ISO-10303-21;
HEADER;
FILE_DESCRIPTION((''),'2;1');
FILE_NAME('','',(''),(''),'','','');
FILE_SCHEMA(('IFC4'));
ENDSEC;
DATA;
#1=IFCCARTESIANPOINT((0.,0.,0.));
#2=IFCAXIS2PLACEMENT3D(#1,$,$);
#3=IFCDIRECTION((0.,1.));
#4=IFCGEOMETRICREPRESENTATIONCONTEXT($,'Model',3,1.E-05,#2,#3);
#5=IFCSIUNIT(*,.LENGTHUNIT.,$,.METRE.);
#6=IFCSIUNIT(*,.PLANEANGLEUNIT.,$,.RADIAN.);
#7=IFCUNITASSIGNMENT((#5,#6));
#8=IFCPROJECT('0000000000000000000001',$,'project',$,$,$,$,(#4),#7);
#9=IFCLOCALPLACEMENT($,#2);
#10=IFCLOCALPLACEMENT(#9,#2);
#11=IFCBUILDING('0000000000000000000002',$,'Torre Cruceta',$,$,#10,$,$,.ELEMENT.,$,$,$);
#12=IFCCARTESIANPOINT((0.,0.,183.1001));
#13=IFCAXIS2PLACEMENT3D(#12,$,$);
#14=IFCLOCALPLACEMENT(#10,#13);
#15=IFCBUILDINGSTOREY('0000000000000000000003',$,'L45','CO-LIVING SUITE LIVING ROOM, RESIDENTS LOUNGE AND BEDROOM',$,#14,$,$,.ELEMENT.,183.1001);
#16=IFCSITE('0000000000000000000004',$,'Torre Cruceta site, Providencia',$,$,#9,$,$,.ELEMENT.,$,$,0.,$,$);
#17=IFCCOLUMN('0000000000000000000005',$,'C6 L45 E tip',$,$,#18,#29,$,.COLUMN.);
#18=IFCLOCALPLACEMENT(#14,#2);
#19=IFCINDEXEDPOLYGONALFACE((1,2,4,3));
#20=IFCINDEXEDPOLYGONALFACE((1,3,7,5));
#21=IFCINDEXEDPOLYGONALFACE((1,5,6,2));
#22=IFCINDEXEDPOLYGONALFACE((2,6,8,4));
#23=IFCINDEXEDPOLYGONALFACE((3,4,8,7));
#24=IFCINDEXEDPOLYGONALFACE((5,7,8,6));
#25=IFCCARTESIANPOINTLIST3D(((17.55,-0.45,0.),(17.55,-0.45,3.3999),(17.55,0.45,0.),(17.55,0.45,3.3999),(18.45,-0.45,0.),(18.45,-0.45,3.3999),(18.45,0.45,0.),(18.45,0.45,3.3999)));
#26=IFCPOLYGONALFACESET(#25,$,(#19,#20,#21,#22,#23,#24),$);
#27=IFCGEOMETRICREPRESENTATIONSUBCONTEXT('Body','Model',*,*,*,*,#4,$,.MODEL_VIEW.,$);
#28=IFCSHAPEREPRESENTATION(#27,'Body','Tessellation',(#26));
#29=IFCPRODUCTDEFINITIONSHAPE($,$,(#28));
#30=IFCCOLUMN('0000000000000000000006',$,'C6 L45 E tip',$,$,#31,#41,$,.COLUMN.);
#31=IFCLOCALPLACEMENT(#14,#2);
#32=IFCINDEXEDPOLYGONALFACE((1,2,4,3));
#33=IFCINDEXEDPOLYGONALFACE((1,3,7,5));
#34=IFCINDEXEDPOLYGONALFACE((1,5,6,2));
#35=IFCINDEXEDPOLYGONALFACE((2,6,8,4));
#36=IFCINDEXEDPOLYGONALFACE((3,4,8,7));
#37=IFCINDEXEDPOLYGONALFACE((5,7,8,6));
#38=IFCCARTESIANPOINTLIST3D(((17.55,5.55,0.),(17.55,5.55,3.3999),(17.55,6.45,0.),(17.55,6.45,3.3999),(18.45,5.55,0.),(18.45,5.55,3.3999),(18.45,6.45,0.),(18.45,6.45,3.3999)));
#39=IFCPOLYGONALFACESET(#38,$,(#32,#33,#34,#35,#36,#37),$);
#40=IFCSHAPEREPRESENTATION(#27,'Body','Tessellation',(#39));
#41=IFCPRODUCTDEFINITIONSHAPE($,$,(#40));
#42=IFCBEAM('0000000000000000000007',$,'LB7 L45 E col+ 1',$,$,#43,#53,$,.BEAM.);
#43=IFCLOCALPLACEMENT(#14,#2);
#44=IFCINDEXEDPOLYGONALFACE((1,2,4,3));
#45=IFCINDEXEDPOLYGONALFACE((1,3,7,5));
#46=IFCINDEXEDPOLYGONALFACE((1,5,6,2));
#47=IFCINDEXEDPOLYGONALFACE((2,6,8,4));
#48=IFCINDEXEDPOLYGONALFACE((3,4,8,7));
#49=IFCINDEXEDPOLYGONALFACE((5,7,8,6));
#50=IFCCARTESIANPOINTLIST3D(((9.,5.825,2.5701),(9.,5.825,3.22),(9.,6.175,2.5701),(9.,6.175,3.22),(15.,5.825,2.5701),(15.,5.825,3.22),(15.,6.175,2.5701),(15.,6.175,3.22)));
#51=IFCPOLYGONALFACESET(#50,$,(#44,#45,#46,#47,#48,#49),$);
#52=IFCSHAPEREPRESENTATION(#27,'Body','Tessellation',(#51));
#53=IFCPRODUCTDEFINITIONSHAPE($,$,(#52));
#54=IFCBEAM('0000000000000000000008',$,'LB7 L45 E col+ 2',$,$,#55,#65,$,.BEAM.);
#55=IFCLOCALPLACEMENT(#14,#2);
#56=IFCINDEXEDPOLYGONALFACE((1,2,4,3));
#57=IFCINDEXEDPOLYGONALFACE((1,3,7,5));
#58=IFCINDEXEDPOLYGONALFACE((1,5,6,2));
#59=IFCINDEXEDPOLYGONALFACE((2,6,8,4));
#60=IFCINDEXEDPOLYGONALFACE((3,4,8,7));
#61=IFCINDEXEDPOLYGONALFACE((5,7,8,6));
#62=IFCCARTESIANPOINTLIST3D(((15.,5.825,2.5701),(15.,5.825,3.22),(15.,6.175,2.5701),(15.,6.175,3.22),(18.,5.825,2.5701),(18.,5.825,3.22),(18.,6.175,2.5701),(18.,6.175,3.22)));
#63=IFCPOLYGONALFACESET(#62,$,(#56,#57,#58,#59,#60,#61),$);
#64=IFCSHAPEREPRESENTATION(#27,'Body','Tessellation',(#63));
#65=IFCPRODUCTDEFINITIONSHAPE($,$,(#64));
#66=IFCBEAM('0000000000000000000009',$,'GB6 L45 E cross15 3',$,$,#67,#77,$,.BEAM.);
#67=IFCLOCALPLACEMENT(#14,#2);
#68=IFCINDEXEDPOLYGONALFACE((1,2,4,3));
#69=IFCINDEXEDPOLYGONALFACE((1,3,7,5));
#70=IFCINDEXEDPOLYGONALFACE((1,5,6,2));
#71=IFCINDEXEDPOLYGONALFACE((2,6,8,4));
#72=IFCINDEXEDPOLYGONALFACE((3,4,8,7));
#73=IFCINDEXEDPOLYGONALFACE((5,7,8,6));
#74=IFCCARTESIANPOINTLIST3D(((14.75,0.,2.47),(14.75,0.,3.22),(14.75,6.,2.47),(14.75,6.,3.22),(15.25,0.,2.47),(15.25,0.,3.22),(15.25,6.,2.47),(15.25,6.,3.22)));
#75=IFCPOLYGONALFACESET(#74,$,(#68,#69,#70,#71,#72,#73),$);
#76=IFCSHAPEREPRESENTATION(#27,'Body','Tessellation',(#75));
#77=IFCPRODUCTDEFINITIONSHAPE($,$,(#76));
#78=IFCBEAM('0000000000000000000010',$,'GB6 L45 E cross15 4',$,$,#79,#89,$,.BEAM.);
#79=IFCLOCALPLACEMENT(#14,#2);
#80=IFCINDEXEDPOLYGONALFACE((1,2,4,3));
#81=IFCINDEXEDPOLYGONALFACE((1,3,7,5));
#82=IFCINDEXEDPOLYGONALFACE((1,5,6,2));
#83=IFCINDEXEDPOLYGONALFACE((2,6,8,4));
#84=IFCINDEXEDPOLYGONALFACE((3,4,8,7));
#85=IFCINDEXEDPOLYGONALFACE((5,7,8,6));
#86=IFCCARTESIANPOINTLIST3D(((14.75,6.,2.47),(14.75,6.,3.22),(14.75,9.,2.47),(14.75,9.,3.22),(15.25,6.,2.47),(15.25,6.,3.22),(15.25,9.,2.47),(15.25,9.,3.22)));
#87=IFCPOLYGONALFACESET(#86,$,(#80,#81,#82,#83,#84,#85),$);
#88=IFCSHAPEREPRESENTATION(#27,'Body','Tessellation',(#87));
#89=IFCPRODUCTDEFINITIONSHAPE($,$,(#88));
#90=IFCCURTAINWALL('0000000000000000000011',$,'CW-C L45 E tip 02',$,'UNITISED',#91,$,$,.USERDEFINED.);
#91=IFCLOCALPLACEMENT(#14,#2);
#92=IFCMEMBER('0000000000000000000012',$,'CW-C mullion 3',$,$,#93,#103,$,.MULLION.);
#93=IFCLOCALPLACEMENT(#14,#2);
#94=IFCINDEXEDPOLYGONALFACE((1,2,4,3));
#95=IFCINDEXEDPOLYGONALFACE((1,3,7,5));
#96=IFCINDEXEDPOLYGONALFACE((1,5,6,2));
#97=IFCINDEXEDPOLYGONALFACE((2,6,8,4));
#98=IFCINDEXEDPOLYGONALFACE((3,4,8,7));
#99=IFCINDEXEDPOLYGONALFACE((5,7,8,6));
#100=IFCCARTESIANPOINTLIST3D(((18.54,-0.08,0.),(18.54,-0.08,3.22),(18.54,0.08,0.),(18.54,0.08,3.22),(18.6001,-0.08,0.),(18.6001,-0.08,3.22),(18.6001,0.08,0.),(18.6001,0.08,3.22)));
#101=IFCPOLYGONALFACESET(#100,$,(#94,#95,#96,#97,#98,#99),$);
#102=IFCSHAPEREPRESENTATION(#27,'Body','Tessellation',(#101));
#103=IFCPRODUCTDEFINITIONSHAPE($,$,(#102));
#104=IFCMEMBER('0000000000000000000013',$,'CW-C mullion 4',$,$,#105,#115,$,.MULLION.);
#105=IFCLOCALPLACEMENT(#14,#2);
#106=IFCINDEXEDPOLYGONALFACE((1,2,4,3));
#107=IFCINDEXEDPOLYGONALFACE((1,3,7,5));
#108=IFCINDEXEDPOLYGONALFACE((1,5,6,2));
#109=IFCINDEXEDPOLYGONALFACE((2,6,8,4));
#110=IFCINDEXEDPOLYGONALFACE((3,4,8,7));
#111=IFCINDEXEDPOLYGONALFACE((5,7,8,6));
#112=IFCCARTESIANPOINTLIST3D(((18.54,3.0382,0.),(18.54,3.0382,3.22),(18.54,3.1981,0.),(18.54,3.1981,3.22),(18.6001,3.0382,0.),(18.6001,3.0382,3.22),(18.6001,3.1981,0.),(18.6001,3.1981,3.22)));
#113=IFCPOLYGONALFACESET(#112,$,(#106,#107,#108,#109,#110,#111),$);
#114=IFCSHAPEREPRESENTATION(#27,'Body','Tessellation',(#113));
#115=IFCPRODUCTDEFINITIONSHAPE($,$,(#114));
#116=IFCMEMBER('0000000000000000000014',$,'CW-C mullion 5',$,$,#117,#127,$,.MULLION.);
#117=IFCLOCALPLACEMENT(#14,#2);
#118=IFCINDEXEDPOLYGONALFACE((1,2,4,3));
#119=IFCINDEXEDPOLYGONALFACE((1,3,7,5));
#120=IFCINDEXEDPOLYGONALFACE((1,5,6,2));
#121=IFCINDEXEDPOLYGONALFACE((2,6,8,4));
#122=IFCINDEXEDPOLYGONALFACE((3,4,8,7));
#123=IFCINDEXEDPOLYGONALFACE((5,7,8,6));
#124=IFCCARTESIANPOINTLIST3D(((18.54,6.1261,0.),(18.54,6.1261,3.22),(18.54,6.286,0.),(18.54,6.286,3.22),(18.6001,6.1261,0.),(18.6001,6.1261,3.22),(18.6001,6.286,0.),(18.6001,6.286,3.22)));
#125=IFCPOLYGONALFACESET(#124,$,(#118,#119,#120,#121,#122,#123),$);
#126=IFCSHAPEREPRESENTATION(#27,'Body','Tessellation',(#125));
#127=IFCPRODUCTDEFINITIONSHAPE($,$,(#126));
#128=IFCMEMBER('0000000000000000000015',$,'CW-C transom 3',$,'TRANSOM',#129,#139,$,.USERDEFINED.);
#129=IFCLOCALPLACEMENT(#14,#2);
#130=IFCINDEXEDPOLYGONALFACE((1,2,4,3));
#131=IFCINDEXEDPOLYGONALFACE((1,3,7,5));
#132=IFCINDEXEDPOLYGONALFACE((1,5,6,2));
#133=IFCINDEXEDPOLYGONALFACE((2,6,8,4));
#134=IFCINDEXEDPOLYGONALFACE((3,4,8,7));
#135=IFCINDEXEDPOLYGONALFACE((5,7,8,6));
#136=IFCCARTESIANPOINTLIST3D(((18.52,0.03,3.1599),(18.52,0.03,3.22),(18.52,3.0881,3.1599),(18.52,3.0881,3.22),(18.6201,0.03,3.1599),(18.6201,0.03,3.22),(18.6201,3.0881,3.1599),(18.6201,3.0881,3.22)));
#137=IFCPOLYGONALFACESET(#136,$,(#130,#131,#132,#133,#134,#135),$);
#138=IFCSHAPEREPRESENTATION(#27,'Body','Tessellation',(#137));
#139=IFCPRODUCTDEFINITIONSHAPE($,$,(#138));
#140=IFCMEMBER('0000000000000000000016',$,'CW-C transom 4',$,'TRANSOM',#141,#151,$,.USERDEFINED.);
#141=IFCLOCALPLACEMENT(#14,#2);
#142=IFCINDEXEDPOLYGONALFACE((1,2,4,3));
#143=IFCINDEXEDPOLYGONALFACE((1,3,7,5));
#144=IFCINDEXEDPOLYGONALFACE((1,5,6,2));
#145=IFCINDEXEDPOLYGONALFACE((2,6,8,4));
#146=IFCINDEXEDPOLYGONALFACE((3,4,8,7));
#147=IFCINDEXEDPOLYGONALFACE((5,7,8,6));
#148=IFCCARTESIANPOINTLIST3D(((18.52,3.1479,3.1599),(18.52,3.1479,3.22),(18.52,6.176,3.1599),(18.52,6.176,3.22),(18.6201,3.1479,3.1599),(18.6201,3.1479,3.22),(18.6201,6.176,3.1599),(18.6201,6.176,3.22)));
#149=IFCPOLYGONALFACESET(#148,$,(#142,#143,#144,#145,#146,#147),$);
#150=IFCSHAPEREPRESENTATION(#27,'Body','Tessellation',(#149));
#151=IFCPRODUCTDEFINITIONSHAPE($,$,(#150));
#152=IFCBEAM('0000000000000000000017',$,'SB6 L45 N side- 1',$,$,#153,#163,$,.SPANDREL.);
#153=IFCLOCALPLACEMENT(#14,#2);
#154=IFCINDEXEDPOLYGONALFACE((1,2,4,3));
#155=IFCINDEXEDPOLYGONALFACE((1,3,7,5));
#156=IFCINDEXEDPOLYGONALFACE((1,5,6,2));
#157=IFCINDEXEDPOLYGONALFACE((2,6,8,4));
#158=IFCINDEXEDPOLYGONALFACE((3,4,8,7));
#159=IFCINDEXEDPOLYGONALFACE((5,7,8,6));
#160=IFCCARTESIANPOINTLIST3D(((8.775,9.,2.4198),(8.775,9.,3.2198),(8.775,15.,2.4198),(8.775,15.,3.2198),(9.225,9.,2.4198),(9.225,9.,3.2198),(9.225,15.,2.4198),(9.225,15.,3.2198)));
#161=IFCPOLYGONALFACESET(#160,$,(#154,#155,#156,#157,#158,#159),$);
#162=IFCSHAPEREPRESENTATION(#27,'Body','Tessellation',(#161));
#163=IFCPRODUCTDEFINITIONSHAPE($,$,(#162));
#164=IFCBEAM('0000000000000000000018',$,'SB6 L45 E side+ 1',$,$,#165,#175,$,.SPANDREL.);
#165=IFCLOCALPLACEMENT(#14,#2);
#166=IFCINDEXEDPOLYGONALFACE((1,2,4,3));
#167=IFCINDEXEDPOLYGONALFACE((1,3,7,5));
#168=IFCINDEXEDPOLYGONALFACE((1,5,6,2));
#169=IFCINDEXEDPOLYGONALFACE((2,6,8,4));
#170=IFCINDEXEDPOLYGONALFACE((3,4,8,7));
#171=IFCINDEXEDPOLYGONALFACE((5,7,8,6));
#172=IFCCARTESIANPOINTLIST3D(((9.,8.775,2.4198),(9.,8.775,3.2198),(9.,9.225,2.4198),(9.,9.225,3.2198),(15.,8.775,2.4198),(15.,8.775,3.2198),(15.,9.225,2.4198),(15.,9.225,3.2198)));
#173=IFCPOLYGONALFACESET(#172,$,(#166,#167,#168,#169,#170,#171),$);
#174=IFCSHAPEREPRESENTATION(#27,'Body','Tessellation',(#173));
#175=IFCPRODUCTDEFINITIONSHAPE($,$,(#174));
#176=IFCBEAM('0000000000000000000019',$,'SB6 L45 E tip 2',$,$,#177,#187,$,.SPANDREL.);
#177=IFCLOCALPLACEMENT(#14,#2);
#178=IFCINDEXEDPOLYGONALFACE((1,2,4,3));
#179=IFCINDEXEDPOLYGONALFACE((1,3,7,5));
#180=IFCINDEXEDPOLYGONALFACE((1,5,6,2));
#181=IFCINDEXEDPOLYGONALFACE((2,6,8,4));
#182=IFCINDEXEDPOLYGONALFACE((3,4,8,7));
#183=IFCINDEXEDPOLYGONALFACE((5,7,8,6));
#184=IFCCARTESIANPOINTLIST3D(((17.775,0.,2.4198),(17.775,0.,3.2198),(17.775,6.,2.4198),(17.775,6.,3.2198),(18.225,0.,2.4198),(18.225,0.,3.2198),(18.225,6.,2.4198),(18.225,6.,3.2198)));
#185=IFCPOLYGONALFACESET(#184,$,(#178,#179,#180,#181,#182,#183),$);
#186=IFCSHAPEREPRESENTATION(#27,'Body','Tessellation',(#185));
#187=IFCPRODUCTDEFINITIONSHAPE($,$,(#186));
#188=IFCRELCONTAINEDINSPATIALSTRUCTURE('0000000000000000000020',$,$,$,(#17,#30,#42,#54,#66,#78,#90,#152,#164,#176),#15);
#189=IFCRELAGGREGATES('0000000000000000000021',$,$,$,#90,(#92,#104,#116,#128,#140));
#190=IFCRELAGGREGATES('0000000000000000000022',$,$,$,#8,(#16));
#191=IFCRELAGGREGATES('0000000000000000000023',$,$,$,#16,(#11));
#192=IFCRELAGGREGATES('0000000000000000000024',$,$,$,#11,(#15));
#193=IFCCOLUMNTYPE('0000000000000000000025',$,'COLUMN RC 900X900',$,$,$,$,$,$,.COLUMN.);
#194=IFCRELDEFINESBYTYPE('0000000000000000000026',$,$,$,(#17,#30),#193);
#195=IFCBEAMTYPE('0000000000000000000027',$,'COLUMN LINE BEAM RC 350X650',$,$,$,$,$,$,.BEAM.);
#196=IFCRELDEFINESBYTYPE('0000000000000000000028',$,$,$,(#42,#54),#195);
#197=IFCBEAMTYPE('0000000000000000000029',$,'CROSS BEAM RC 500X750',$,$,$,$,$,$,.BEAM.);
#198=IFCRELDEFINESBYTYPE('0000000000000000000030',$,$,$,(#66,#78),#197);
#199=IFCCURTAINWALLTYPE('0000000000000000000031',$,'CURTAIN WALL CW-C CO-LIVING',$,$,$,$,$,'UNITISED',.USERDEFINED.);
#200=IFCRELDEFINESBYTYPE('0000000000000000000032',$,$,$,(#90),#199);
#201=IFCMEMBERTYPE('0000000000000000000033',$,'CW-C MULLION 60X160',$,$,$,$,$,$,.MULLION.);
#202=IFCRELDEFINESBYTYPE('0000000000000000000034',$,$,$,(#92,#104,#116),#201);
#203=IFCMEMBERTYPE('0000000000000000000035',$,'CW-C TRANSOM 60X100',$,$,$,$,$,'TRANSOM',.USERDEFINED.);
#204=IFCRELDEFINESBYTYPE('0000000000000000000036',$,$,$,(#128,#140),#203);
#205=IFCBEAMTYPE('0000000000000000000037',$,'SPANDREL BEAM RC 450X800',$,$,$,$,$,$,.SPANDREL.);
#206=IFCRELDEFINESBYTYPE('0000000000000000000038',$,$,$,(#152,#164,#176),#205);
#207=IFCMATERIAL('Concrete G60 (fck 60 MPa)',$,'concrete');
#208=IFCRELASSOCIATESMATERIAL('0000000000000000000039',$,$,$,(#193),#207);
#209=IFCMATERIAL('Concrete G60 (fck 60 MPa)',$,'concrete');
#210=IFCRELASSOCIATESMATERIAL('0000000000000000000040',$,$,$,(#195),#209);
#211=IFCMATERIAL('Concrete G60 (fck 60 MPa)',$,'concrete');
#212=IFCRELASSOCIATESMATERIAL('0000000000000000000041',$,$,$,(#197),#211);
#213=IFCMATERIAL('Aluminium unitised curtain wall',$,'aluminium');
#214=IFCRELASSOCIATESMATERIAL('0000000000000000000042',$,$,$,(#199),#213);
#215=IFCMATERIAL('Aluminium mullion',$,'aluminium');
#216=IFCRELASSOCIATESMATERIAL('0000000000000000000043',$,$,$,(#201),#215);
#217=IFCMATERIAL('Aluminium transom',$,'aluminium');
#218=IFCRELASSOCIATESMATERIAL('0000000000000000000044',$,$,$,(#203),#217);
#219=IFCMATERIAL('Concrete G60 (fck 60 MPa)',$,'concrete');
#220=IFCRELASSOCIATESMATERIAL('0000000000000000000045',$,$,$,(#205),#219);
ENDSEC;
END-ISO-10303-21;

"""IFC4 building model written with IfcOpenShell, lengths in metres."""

from ifc_helpers import new_model, si_unit, direction, frame, origin, origin_2d, place, context, subcontext, project, spatial, rectangle, extrude, material, material_profile, profile_set, type_object, element, aggregate, save


model = new_model("IFC4")

# Units and contexts
model_context = context("Model", 3, precision=1e-05, world=origin(), true_north=direction((0.0, 1.0)))
body_context = subcontext(model_context, "Body", "Model", "MODEL_VIEW")
ifc_project = project(units=[si_unit("LENGTHUNIT", "METRE"), si_unit("PLANEANGLEUNIT", "RADIAN")], contexts=[model_context])

# Site, building, storey
site_placement = place(None, origin())
site = spatial("IfcSite", under=ifc_project, at=site_placement, Name="Torre Cruceta site, Providencia", CompositionType="ELEMENT", RefElevation=0.0)
building_placement = place(site_placement, origin())
building = spatial("IfcBuilding", under=site, at=building_placement, Name="Torre Cruceta", CompositionType="ELEMENT")
storey_placement = place(building_placement, frame((0.0, 0.0, 183.1001)))
storey = spatial("IfcBuildingStorey", under=building, at=storey_placement, Name="L45", Description="CO-LIVING SUITE LIVING ROOM, RESIDENTS LOUNGE AND BEDROOM", CompositionType="ELEMENT", Elevation=183.1001)

# Columns
ifc_material_1 = material(Name="Concrete G60 (fck 60 MPa)", Category="concrete")
ifc_material_profile_1 = material_profile(ifc_material_1, rectangle(XDim=0.8999, YDim=0.8999, at=origin_2d()), Name="RC 900X900")
ifc_profile_set_1 = profile_set([ifc_material_profile_1], Name="Concrete G60 (fck 60 MPa)")
column_type = type_object("IfcColumnType", Name="COLUMN RC 900X900", PredefinedType="COLUMN", material=ifc_profile_set_1)
for number, where, z_axis, x_axis, name in (
    (1, (18.0, 0.0, 0.0), (0.0, 0.0, 1.0), (1.0, 0.0, 0.0), "C6 L45 E tip"),
    (2, (18.0, 6.0, 0.0), (0.0, 0.0, 1.0), (1.0, 0.0, 0.0), "C6 L45 E tip"),
):
    element("IfcColumn", number, at=place(storey_placement, frame(where, z_axis=z_axis, x_axis=x_axis)), inside=storey, type_object=column_type, Name=name, PredefinedType="COLUMN", context=body_context, shape_type="SweptSolid", body=[
        extrude(rectangle(XDim=0.8999, YDim=0.8999, at=origin_2d()), origin(), (0.0, 0.0, 1.0), 3.3999),
    ])

# Beams
ifc_material_2 = material(Name="Concrete G60 (fck 60 MPa)", Category="concrete")
ifc_material_profile_2 = material_profile(ifc_material_2, rectangle(XDim=0.3501, YDim=0.6499, at=origin_2d()), Name="RC 350X650")
ifc_profile_set_2 = profile_set([ifc_material_profile_2], Name="Concrete G60 (fck 60 MPa)")
beam_type_1 = type_object("IfcBeamType", Name="COLUMN LINE BEAM RC 350X650", PredefinedType="BEAM", material=ifc_profile_set_2)
beam_1_placement = place(storey_placement, frame((9.0, 6.0, 2.895), z_axis=(1.0, 0.0, 0.0), x_axis=(0.0, 1.0, 0.0)))
element("IfcBeam", 3, at=beam_1_placement, inside=storey, type_object=beam_type_1, Name="LB7 L45 E col+ 1", PredefinedType="BEAM", context=body_context, shape_type="SweptSolid", body=[
    extrude(rectangle(XDim=0.3501, YDim=0.6499, at=origin_2d()), origin(), (0.0, 0.0, 1.0), 6.0),
])
beam_2_placement = place(storey_placement, frame((15.0, 6.0, 2.895), z_axis=(1.0, 0.0, 0.0), x_axis=(0.0, 1.0, 0.0)))
element("IfcBeam", 4, at=beam_2_placement, inside=storey, type_object=beam_type_1, Name="LB7 L45 E col+ 2", PredefinedType="BEAM", context=body_context, shape_type="SweptSolid", body=[
    extrude(rectangle(XDim=0.3501, YDim=0.6499, at=origin_2d()), origin(), (0.0, 0.0, 1.0), 3.0),
])
ifc_material_3 = material(Name="Concrete G60 (fck 60 MPa)", Category="concrete")
ifc_material_profile_3 = material_profile(ifc_material_3, rectangle(XDim=0.5, YDim=0.75, at=origin_2d()), Name="RC 500X750")
ifc_profile_set_3 = profile_set([ifc_material_profile_3], Name="Concrete G60 (fck 60 MPa)")
beam_type_2 = type_object("IfcBeamType", Name="CROSS BEAM RC 500X750", PredefinedType="BEAM", material=ifc_profile_set_3)
beam_3_placement = place(storey_placement, frame((15.0, 0.0, 2.845), z_axis=(0.0, 1.0, 0.0), x_axis=(-1.0, 0.0, 0.0)))
element("IfcBeam", 5, at=beam_3_placement, inside=storey, type_object=beam_type_2, Name="GB6 L45 E cross15 3", PredefinedType="BEAM", context=body_context, shape_type="SweptSolid", body=[
    extrude(rectangle(XDim=0.5, YDim=0.75, at=origin_2d()), origin(), (0.0, 0.0, 1.0), 6.0),
])
beam_4_placement = place(storey_placement, frame((15.0, 6.0, 2.845), z_axis=(0.0, 1.0, 0.0), x_axis=(-1.0, 0.0, 0.0)))
element("IfcBeam", 6, at=beam_4_placement, inside=storey, type_object=beam_type_2, Name="GB6 L45 E cross15 4", PredefinedType="BEAM", context=body_context, shape_type="SweptSolid", body=[
    extrude(rectangle(XDim=0.5, YDim=0.75, at=origin_2d()), origin(), (0.0, 0.0, 1.0), 3.0),
])

# Curtain wall, members
ifc_material_4 = material(Name="Aluminium unitised curtain wall", Category="aluminium")
curtain_wall_type = type_object("IfcCurtainWallType", Name="CURTAIN WALL CW-C CO-LIVING", ElementType="UNITISED", PredefinedType="USERDEFINED", material=ifc_material_4)
curtain_wall_placement = place(storey_placement, origin())
curtain_wall = element("IfcCurtainWall", 7, at=curtain_wall_placement, inside=storey, type_object=curtain_wall_type, Name="CW-C L45 E tip 02", ObjectType="UNITISED", PredefinedType="USERDEFINED")
ifc_material_5 = material(Name="Aluminium mullion", Category="aluminium")
ifc_material_profile_4 = material_profile(ifc_material_5, rectangle(XDim=0.0601, YDim=0.1599, at=origin_2d()), Name="AL 60X160")
ifc_profile_set_4 = profile_set([ifc_material_profile_4], Name="Aluminium mullion")
member_type_1 = type_object("IfcMemberType", Name="CW-C MULLION 60X160", PredefinedType="MULLION", material=ifc_profile_set_4)
member_1_placement = place(storey_placement, frame((18.5701, 0.0, 0.0), z_axis=(0.0, 0.0, 1.0), x_axis=(-1.0, 0.0, 0.0)))
member_1 = element("IfcMember", 8, at=member_1_placement, type_object=member_type_1, Name="CW-C mullion 3", PredefinedType="MULLION", context=body_context, shape_type="SweptSolid", body=[
    extrude(rectangle(XDim=0.0601, YDim=0.1599, at=origin_2d()), origin(), (0.0, 0.0, 1.0), 3.22),
])
member_2_placement = place(storey_placement, frame((18.5701, 3.1182, 0.0), z_axis=(0.0, 0.0, 1.0), x_axis=(-1.0, 0.0, 0.0)))
member_2 = element("IfcMember", 9, at=member_2_placement, type_object=member_type_1, Name="CW-C mullion 4", PredefinedType="MULLION", context=body_context, shape_type="SweptSolid", body=[
    extrude(rectangle(XDim=0.0601, YDim=0.1599, at=origin_2d()), origin(), (0.0, 0.0, 1.0), 3.22),
])
member_3_placement = place(storey_placement, frame((18.5701, 6.2061, 0.0), z_axis=(0.0, 0.0, 1.0), x_axis=(-1.0, 0.0, 0.0)))
member_3 = element("IfcMember", 10, at=member_3_placement, type_object=member_type_1, Name="CW-C mullion 5", PredefinedType="MULLION", context=body_context, shape_type="SweptSolid", body=[
    extrude(rectangle(XDim=0.0601, YDim=0.1599, at=origin_2d()), origin(), (0.0, 0.0, 1.0), 3.22),
])
ifc_material_6 = material(Name="Aluminium transom", Category="aluminium")
ifc_material_profile_5 = material_profile(ifc_material_6, rectangle(XDim=0.1001, YDim=0.0601, at=origin_2d()), Name="AL 100X60")
ifc_profile_set_5 = profile_set([ifc_material_profile_5], Name="Aluminium transom")
member_type_2 = type_object("IfcMemberType", Name="CW-C TRANSOM 60X100", ElementType="TRANSOM", PredefinedType="USERDEFINED", material=ifc_profile_set_5)
member_4_placement = place(storey_placement, frame((18.5701, 0.03, 3.1899), z_axis=(0.0, 1.0, 0.0), x_axis=(-1.0, 0.0, 0.0)))
member_4 = element("IfcMember", 11, at=member_4_placement, type_object=member_type_2, Name="CW-C transom 3", ObjectType="TRANSOM", PredefinedType="USERDEFINED", context=body_context, shape_type="SweptSolid", body=[
    extrude(rectangle(XDim=0.1001, YDim=0.0601, at=origin_2d()), origin(), (0.0, 0.0, 1.0), 3.0581),
])
member_5_placement = place(storey_placement, frame((18.5701, 3.1479, 3.1899), z_axis=(0.0, 1.0, 0.0), x_axis=(-1.0, 0.0, 0.0)))
member_5 = element("IfcMember", 12, at=member_5_placement, type_object=member_type_2, Name="CW-C transom 4", ObjectType="TRANSOM", PredefinedType="USERDEFINED", context=body_context, shape_type="SweptSolid", body=[
    extrude(rectangle(XDim=0.1001, YDim=0.0601, at=origin_2d()), origin(), (0.0, 0.0, 1.0), 3.0281),
])

# Beams
ifc_material_7 = material(Name="Concrete G60 (fck 60 MPa)", Category="concrete")
ifc_material_profile_6 = material_profile(ifc_material_7, rectangle(XDim=0.45, YDim=0.8, at=origin_2d()), Name="RC 450X800")
ifc_profile_set_6 = profile_set([ifc_material_profile_6], Name="Concrete G60 (fck 60 MPa)")
beam_type_3 = type_object("IfcBeamType", Name="SPANDREL BEAM RC 450X800", PredefinedType="SPANDREL", material=ifc_profile_set_6)
for number, where, z_axis, x_axis, name in (
    (13, (9.0, 9.0, 2.8198), (0.0, 1.0, 0.0), (-1.0, 0.0, 0.0), "SB6 L45 N side- 1"),
    (14, (9.0, 9.0, 2.8198), (1.0, 0.0, 0.0), (0.0, 1.0, 0.0), "SB6 L45 E side+ 1"),
    (15, (18.0, 0.0, 2.8198), (0.0, 1.0, 0.0), (-1.0, 0.0, 0.0), "SB6 L45 E tip 2"),
):
    element("IfcBeam", number, at=place(storey_placement, frame(where, z_axis=z_axis, x_axis=x_axis)), inside=storey, type_object=beam_type_3, Name=name, PredefinedType="SPANDREL", context=body_context, shape_type="SweptSolid", body=[
        extrude(rectangle(XDim=0.45, YDim=0.8, at=origin_2d()), origin(), (0.0, 0.0, 1.0), 6.0),
    ])

aggregate(curtain_wall, [member_1, member_2, member_3, member_4, member_5])

save(model, "model.ifc")
